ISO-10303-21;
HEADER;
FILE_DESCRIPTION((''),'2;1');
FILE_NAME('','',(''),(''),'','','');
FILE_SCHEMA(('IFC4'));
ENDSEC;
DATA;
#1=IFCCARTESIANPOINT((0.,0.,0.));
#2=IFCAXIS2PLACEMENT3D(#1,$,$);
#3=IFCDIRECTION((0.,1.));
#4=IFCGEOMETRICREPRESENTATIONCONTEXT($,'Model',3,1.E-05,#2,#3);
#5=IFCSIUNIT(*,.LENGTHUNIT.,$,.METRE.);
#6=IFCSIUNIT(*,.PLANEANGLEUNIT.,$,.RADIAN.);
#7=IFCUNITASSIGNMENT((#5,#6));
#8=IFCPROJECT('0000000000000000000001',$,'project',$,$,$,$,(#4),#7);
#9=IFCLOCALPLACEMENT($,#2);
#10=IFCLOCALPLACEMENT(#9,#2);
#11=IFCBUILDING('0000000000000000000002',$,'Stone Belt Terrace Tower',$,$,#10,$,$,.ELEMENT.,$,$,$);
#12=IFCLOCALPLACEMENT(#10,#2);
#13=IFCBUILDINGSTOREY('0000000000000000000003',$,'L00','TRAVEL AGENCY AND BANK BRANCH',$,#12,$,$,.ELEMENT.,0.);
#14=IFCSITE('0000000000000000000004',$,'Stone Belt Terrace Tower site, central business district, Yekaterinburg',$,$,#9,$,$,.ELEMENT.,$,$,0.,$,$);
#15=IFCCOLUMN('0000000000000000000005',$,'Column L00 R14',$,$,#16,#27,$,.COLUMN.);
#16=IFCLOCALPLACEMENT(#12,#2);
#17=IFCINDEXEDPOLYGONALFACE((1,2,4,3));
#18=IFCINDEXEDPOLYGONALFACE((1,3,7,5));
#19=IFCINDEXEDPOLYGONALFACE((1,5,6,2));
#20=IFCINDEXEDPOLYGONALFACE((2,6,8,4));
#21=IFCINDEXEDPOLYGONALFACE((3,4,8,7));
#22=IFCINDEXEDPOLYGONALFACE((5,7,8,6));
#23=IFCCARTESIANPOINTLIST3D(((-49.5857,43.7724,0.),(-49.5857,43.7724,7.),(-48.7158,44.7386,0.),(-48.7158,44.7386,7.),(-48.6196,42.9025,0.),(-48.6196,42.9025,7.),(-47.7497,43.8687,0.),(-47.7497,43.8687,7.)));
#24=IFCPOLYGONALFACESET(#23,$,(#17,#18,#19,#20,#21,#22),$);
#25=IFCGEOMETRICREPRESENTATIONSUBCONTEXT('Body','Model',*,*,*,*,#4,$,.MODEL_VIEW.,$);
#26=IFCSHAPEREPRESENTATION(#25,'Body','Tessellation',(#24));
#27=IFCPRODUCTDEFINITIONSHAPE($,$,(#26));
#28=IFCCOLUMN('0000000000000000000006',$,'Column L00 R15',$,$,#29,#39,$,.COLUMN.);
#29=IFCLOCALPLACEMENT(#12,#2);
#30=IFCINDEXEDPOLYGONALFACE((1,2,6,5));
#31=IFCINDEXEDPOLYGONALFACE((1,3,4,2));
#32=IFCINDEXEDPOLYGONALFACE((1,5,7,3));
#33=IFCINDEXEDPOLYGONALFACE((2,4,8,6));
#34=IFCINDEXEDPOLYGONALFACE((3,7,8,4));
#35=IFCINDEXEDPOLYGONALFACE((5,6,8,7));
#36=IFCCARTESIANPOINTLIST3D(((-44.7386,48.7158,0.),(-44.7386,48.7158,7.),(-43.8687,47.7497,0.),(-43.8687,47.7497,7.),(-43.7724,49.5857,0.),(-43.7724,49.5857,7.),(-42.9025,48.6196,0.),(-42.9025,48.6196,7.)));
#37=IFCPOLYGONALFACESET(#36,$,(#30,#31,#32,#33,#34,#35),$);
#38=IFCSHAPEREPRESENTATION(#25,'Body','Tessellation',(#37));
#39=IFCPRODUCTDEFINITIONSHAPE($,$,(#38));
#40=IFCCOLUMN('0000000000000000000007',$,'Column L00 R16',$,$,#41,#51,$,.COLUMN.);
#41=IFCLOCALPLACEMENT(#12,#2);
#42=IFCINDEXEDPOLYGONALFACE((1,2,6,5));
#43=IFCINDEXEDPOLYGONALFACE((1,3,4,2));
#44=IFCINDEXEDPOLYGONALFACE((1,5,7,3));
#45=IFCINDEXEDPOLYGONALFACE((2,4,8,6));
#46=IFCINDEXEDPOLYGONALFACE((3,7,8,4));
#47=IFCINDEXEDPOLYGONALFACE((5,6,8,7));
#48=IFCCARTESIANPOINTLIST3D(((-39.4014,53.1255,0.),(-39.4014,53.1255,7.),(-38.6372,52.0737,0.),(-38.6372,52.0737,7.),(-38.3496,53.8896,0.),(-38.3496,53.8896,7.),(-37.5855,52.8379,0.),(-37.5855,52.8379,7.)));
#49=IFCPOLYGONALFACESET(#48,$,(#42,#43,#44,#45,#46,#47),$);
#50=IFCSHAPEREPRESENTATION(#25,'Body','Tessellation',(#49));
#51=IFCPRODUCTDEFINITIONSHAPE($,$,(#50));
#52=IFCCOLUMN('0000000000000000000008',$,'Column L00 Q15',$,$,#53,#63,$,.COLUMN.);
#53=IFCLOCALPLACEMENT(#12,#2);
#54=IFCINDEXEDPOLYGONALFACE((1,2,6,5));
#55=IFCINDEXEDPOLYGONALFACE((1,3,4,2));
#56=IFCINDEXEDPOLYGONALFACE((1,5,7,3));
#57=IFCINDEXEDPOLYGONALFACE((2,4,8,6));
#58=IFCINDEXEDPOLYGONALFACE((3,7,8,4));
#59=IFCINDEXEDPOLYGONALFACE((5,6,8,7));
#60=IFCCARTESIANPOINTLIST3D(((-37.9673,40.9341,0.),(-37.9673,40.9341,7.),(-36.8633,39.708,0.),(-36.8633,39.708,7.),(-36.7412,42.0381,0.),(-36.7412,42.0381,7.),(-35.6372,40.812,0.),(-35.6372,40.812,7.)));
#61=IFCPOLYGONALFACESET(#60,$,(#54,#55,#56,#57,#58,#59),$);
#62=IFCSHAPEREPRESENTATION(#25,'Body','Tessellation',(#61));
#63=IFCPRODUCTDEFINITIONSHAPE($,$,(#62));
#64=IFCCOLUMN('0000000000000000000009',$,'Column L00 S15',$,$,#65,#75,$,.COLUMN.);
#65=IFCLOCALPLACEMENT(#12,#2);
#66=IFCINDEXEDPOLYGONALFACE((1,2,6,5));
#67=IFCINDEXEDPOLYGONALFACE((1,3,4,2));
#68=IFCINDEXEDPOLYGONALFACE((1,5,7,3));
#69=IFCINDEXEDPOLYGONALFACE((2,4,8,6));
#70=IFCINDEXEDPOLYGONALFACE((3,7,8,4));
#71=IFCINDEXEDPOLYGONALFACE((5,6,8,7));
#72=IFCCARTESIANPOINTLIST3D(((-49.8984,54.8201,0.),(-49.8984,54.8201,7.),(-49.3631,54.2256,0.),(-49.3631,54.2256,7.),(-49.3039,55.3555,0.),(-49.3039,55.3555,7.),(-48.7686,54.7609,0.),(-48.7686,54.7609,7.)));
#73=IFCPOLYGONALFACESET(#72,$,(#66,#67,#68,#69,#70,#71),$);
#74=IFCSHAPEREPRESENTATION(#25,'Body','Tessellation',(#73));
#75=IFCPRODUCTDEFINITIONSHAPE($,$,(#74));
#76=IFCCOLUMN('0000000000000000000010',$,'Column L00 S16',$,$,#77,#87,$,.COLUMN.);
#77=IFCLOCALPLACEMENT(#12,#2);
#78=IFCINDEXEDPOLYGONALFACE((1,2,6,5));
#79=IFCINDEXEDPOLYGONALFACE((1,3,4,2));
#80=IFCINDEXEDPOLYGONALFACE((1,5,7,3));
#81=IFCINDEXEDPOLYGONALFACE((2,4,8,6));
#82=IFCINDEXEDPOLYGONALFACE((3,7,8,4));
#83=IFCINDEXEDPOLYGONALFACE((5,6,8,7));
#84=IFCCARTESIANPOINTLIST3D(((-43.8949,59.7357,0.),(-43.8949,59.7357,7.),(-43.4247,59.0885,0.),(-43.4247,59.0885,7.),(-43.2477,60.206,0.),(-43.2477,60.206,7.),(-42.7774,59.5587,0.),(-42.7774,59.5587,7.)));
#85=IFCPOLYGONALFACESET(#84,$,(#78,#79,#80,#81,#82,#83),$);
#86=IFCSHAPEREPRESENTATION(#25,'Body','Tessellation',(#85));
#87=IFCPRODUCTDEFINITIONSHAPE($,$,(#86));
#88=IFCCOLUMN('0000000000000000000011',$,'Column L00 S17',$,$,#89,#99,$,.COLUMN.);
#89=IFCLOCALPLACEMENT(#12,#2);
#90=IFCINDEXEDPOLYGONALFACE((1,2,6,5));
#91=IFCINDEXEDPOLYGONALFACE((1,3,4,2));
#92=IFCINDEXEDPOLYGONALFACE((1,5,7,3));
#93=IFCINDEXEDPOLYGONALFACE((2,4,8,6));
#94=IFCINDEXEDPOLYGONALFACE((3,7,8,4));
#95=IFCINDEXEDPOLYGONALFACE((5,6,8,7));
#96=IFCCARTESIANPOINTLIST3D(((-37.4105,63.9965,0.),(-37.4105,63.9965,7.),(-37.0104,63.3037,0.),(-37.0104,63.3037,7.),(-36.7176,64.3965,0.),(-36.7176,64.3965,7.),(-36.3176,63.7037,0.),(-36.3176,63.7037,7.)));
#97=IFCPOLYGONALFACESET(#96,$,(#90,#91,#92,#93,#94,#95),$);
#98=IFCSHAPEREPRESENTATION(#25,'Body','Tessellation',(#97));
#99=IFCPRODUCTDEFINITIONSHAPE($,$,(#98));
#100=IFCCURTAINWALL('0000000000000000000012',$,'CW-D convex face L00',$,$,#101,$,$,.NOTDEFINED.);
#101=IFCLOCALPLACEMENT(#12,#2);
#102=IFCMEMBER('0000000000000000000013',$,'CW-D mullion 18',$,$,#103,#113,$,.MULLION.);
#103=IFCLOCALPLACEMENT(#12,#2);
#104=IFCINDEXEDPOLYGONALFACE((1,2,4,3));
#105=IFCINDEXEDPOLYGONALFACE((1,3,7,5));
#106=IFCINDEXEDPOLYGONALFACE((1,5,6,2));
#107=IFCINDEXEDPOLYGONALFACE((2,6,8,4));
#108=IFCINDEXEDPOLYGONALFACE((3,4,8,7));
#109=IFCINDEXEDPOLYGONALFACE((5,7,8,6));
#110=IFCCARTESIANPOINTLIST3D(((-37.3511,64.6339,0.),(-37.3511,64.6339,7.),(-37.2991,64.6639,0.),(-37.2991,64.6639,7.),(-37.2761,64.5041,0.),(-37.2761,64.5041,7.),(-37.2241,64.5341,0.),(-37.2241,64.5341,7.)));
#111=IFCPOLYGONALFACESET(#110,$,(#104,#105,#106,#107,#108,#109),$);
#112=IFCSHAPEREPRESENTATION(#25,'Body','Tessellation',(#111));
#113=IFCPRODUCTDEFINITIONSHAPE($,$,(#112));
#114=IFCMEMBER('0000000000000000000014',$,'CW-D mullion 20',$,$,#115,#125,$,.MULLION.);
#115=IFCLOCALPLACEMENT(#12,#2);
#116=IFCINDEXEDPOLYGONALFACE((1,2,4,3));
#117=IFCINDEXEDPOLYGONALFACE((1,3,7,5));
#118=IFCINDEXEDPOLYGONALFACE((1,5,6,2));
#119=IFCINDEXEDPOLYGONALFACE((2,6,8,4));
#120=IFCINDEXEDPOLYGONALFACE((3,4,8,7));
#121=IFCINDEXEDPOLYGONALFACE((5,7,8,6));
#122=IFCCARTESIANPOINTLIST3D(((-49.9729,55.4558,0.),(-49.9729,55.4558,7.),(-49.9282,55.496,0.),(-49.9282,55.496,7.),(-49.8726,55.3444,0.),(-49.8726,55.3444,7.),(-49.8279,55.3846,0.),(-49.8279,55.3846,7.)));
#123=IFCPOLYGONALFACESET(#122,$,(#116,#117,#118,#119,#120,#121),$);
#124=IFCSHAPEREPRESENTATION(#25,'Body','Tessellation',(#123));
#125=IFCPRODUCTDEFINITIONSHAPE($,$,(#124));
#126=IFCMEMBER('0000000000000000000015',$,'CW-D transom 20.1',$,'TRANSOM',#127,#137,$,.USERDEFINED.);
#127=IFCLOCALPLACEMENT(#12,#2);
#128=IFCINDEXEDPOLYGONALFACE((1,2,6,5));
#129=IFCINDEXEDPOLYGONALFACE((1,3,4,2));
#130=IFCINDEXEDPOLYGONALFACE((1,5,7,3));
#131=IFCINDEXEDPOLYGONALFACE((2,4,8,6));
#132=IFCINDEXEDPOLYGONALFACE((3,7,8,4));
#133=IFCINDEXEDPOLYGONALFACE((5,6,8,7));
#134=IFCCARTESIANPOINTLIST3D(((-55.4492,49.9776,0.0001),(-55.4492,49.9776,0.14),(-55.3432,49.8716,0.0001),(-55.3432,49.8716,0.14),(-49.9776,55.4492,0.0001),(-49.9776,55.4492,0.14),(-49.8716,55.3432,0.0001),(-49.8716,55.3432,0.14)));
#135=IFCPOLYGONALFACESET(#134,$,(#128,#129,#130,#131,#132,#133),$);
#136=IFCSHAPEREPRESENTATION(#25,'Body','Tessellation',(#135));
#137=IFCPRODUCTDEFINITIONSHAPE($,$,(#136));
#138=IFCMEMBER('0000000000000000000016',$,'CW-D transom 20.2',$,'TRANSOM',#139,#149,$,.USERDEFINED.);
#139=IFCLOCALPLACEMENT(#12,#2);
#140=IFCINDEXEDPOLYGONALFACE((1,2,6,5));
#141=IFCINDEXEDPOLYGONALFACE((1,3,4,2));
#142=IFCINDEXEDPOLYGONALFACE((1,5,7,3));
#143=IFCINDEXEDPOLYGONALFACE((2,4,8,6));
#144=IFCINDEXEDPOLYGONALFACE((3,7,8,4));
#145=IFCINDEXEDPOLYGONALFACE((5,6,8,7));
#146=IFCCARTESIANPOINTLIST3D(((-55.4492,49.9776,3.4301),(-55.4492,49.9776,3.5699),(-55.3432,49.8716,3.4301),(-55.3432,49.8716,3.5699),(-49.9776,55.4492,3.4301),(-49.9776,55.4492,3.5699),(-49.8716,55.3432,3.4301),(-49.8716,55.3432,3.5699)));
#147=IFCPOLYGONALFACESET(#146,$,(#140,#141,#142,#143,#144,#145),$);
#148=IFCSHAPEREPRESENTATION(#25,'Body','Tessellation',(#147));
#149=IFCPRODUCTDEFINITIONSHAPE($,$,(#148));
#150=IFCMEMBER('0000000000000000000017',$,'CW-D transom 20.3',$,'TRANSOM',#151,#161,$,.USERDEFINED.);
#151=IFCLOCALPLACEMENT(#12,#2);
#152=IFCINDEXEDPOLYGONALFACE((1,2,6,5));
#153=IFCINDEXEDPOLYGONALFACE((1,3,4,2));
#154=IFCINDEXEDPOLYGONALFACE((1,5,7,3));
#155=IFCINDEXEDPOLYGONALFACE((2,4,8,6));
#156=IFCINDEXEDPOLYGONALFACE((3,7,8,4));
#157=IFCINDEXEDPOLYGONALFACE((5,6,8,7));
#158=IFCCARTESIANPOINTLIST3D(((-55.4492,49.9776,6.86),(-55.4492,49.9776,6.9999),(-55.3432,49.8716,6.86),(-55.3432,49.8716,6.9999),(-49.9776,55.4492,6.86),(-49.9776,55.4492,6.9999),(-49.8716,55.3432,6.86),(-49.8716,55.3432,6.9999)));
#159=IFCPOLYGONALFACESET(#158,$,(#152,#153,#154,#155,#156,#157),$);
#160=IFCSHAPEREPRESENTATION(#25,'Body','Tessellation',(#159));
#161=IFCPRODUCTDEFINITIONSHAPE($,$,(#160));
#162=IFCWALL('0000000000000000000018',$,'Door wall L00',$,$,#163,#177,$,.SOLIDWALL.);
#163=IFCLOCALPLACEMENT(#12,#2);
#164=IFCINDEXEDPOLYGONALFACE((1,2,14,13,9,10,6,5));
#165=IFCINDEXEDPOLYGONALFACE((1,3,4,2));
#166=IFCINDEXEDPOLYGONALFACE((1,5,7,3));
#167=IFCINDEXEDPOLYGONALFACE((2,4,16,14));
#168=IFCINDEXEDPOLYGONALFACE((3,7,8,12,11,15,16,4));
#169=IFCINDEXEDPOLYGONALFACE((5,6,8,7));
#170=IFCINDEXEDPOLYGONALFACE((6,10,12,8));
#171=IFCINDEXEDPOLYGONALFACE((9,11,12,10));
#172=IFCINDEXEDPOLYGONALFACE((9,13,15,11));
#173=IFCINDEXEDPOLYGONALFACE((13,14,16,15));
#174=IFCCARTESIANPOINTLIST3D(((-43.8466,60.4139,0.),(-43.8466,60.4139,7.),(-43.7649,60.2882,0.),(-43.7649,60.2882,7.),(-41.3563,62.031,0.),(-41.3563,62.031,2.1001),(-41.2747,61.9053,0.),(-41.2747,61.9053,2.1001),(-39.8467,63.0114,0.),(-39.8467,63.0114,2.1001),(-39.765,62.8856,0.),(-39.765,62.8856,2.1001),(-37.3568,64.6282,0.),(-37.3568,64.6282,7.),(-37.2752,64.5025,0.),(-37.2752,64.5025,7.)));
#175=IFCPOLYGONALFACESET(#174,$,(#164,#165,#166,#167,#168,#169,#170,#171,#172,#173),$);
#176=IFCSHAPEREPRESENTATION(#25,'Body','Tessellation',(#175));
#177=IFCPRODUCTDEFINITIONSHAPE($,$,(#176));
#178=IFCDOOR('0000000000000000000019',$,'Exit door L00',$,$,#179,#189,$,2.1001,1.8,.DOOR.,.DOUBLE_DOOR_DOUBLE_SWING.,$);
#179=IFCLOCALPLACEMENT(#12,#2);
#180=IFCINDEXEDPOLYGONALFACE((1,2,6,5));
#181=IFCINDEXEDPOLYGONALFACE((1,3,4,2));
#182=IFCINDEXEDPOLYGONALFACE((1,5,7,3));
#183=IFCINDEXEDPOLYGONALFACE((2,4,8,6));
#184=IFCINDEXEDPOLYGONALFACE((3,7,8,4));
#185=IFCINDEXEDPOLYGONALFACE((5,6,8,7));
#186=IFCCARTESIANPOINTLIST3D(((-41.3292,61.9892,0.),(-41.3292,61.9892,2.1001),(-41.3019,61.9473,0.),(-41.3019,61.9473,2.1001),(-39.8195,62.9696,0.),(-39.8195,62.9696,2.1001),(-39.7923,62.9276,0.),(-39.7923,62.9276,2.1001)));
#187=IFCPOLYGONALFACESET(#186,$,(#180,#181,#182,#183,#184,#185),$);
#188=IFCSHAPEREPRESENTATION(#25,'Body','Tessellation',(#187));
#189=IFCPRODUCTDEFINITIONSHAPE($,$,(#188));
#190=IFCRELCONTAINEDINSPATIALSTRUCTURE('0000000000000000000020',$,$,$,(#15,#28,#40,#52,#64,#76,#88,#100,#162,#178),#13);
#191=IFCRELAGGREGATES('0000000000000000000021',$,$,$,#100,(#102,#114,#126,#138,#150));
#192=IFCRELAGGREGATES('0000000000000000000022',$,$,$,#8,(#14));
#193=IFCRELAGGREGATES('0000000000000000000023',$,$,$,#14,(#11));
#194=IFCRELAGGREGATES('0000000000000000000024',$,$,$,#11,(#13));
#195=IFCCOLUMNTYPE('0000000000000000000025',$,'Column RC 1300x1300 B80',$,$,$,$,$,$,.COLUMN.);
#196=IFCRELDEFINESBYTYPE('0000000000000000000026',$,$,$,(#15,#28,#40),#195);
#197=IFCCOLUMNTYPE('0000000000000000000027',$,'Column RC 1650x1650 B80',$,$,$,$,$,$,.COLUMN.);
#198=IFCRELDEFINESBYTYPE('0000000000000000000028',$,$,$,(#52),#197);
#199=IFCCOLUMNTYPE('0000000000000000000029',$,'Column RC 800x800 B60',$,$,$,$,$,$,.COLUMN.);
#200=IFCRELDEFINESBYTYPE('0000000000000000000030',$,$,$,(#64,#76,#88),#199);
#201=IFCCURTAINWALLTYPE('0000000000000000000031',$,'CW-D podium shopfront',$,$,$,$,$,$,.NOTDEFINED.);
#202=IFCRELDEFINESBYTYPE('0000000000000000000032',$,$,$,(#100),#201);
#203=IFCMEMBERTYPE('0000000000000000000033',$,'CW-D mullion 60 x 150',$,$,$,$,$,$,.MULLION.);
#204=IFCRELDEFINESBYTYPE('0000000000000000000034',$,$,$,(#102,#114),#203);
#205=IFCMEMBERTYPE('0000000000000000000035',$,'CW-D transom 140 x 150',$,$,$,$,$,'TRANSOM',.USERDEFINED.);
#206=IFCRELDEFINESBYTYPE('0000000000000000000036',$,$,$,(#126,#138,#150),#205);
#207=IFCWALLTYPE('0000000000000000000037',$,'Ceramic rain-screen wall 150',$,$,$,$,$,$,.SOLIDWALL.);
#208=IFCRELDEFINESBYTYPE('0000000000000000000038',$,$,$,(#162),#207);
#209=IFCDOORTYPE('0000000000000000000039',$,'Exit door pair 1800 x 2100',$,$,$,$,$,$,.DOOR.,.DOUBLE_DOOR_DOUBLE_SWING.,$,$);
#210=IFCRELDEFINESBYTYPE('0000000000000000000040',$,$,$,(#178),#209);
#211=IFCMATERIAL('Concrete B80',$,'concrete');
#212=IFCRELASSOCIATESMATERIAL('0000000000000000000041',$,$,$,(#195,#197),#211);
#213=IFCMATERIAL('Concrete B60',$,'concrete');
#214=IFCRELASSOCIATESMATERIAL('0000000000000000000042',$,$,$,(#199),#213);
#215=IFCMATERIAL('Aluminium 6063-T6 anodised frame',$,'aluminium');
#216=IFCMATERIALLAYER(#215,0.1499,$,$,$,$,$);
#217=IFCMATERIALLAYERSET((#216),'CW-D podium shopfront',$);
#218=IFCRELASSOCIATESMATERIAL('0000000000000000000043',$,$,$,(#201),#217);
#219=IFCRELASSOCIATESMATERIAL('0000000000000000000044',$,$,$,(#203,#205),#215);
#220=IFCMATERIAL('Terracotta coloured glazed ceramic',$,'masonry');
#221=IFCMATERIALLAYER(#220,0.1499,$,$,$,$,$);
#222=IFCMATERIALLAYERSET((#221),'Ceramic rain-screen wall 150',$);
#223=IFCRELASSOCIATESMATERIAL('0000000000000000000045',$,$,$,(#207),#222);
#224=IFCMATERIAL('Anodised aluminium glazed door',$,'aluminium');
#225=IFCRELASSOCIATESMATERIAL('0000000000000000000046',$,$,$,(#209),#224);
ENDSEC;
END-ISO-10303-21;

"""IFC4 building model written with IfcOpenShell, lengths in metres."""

from ifc_helpers import new_model, si_unit, direction, frame, frame_2d, origin, origin_2d, place, context, subcontext, project, spatial, rectangle, extrude, material, layer, layer_set, material_profile, profile_set, type_object, element, fill, aggregate, save


model = new_model("IFC4")

# Units and contexts
model_context = context("Model", 3, precision=1e-05, world=origin(), true_north=direction((0.0, 1.0)))
body_context = subcontext(model_context, "Body", "Model", "MODEL_VIEW")
ifc_project = project(units=[si_unit("LENGTHUNIT", "METRE"), si_unit("PLANEANGLEUNIT", "RADIAN")], contexts=[model_context])

# Site, building, storey
site_placement = place(None, origin())
site = spatial("IfcSite", under=ifc_project, at=site_placement, Name="Stone Belt Terrace Tower site, central business district, Yekaterinburg", CompositionType="ELEMENT", RefElevation=0.0)
building_placement = place(site_placement, origin())
building = spatial("IfcBuilding", under=site, at=building_placement, Name="Stone Belt Terrace Tower", CompositionType="ELEMENT")
storey_placement = place(building_placement, origin())
storey = spatial("IfcBuildingStorey", under=building, at=storey_placement, Name="L00", Description="TRAVEL AGENCY AND BANK BRANCH", CompositionType="ELEMENT", Elevation=0.0)

# Columns
ifc_material_1 = material(Name="Concrete B80", Category="concrete")
ifc_material_profile_1 = material_profile(ifc_material_1, rectangle(XDim=1.3, YDim=1.3, at=origin_2d()), Name="RC 1300x1300")
ifc_profile_set_1 = profile_set([ifc_material_profile_1], Name="Concrete B80")
column_type_1 = type_object("IfcColumnType", Name="Column RC 1300x1300 B80", PredefinedType="COLUMN", material=ifc_profile_set_1)
for number, where, z_axis, x_axis, name in (
    (1, (-48.6677, 43.8206, 0.0), (0.0, 0.0, 1.0), (0.669131, 0.743145, 0.0), "Column L00 R14"),
    (2, (-43.8206, 48.6677, 0.0), (0.0, 0.0, 1.0), (0.743145, 0.669131, 0.0), "Column L00 R15"),
    (3, (-38.4934, 52.9817, 0.0), (0.0, 0.0, 1.0), (0.809017, 0.587785, 0.0), "Column L00 R16"),
):
    element("IfcColumn", number, at=place(storey_placement, frame(where, z_axis=z_axis, x_axis=x_axis)), inside=storey, type_object=column_type_1, Name=name, PredefinedType="COLUMN", context=body_context, shape_type="SweptSolid", body=[
        extrude(rectangle(XDim=1.3, YDim=1.3, at=origin_2d()), origin(), (0.0, 0.0, 1.0), 7.0),
    ])
ifc_material_profile_2 = material_profile(ifc_material_1, rectangle(XDim=1.6499, YDim=1.6499, at=origin_2d()), Name="RC 1650x1650")
ifc_profile_set_2 = profile_set([ifc_material_profile_2], Name="Concrete B80")
column_type_2 = type_object("IfcColumnType", Name="Column RC 1650x1650 B80", PredefinedType="COLUMN", material=ifc_profile_set_2)
column_placement = place(storey_placement, frame((-36.8022, 40.873, 0.0), z_axis=(0.0, 0.0, 1.0), x_axis=(0.743145, 0.669131, 0.0)))
element("IfcColumn", 4, at=column_placement, inside=storey, type_object=column_type_2, Name="Column L00 Q15", PredefinedType="COLUMN", context=body_context, shape_type="SweptSolid", body=[
    extrude(rectangle(XDim=1.6499, YDim=1.6499, at=origin_2d()), origin(), (0.0, 0.0, 1.0), 7.0),
])
ifc_material_2 = material(Name="Concrete B60", Category="concrete")
ifc_material_profile_3 = material_profile(ifc_material_2, rectangle(XDim=0.8, YDim=0.8, at=origin_2d()), Name="RC 800x800")
ifc_profile_set_3 = profile_set([ifc_material_profile_3], Name="Concrete B60")
column_type_3 = type_object("IfcColumnType", Name="Column RC 800x800 B60", PredefinedType="COLUMN", material=ifc_profile_set_3)
for number, where, z_axis, x_axis, name in (
    (5, (-49.3335, 54.7905, 0.0), (0.0, 0.0, 1.0), (0.743145, 0.669131, 0.0), "Column L00 S15"),
    (6, (-43.3362, 59.6472, 0.0), (0.0, 0.0, 1.0), (0.809017, 0.587785, 0.0), "Column L00 S16"),
    (7, (-36.864, 63.8501, 0.0), (0.0, 0.0, 1.0), (0.866025, 0.5, 0.0), "Column L00 S17"),
):
    element("IfcColumn", number, at=place(storey_placement, frame(where, z_axis=z_axis, x_axis=x_axis)), inside=storey, type_object=column_type_3, Name=name, PredefinedType="COLUMN", context=body_context, shape_type="SweptSolid", body=[
        extrude(rectangle(XDim=0.8, YDim=0.8, at=origin_2d()), origin(), (0.0, 0.0, 1.0), 7.0),
    ])

# Curtain wall, members
ifc_material_3 = material(Name="Aluminium 6063-T6 anodised frame", Category="aluminium")
ifc_layer_1 = layer(ifc_material_3, 0.1499)
ifc_layer_set_1 = layer_set([ifc_layer_1], Name="CW-D podium shopfront")
curtain_wall_type = type_object("IfcCurtainWallType", Name="CW-D podium shopfront", PredefinedType="NOTDEFINED", material=ifc_layer_set_1)
curtain_wall_placement = place(storey_placement, origin())
curtain_wall = element("IfcCurtainWall", 8, at=curtain_wall_placement, inside=storey, type_object=curtain_wall_type, Name="CW-D convex face L00", PredefinedType="NOTDEFINED")
ifc_material_profile_4 = material_profile(ifc_material_3, rectangle(XDim=0.1499, YDim=0.0601, at=origin_2d()), Name="Aluminium 6063-T6 60x150")
ifc_profile_set_4 = profile_set([ifc_material_profile_4], Name="Aluminium 6063-T6 anodised frame")
member_type_1 = type_object("IfcMemberType", Name="CW-D mullion 60 x 150", PredefinedType="MULLION", material=ifc_profile_set_4)
member_1_placement = place(storey_placement, frame((-37.2876, 64.584, 0.0), z_axis=(0.0, 0.0, 1.0), x_axis=(0.5, -0.866025, 0.0)))
member_1 = element("IfcMember", 9, at=member_1_placement, type_object=member_type_1, Name="CW-D mullion 18", PredefinedType="MULLION", context=body_context, shape_type="SweptSolid", body=[
    extrude(rectangle(XDim=0.1499, YDim=0.0601, at=origin_2d()), origin(), (0.0, 0.0, 1.0), 7.0),
])
member_2_placement = place(storey_placement, frame((-49.9004, 55.4202, 0.0), z_axis=(0.0, 0.0, 1.0), x_axis=(0.669131, -0.743145, 0.0)))
member_2 = element("IfcMember", 10, at=member_2_placement, type_object=member_type_1, Name="CW-D mullion 20", PredefinedType="MULLION", context=body_context, shape_type="SweptSolid", body=[
    extrude(rectangle(XDim=0.1499, YDim=0.0601, at=origin_2d()), origin(), (0.0, 0.0, 1.0), 7.0),
])
ifc_material_profile_5 = material_profile(ifc_material_3, rectangle(XDim=0.1499, YDim=0.1399, at=origin_2d()), Name="Aluminium 6063-T6 150x140")
ifc_profile_set_5 = profile_set([ifc_material_profile_5], Name="Aluminium 6063-T6 anodised frame")
member_type_2 = type_object("IfcMemberType", Name="CW-D transom 140 x 150", ElementType="TRANSOM", PredefinedType="USERDEFINED", material=ifc_profile_set_5)
member_3_placement = place(storey_placement, frame((-49.9246, 55.3962, 0.0701), z_axis=(-0.707107, -0.707107, 0.0), x_axis=(0.707107, -0.707107, 0.0)))
member_3 = element("IfcMember", 11, at=member_3_placement, type_object=member_type_2, Name="CW-D transom 20.1", ObjectType="TRANSOM", PredefinedType="USERDEFINED", context=body_context, shape_type="SweptSolid", body=[
    extrude(rectangle(XDim=0.1499, YDim=0.1399, at=origin_2d()), origin(), (0.0, 0.0, 1.0), 7.738),
])
member_4_placement = place(storey_placement, frame((-49.9246, 55.3962, 3.5), z_axis=(-0.707107, -0.707107, 0.0), x_axis=(0.707107, -0.707107, 0.0)))
member_4 = element("IfcMember", 12, at=member_4_placement, type_object=member_type_2, Name="CW-D transom 20.2", ObjectType="TRANSOM", PredefinedType="USERDEFINED", context=body_context, shape_type="SweptSolid", body=[
    extrude(rectangle(XDim=0.1499, YDim=0.1399, at=origin_2d()), origin(), (0.0, 0.0, 1.0), 7.738),
])
member_5_placement = place(storey_placement, frame((-49.9246, 55.3962, 6.9299), z_axis=(-0.707107, -0.707107, 0.0), x_axis=(0.707107, -0.707107, 0.0)))
member_5 = element("IfcMember", 13, at=member_5_placement, type_object=member_type_2, Name="CW-D transom 20.3", ObjectType="TRANSOM", PredefinedType="USERDEFINED", context=body_context, shape_type="SweptSolid", body=[
    extrude(rectangle(XDim=0.1499, YDim=0.1399, at=origin_2d()), origin(), (0.0, 0.0, 1.0), 7.738),
])
aggregate(curtain_wall, [member_1, member_2, member_3, member_4, member_5])

# Wall, opening, door
ifc_material_4 = material(Name="Terracotta coloured glazed ceramic", Category="masonry")
ifc_layer_2 = layer(ifc_material_4, 0.1499)
ifc_layer_set_2 = layer_set([ifc_layer_2], Name="Ceramic rain-screen wall 150")
wall_type_1 = type_object("IfcWallType", Name="Ceramic rain-screen wall 150", PredefinedType="SOLIDWALL", material=ifc_layer_set_2)
wall_1_placement = place(storey_placement, frame((-37.3159, 64.5654, 0.0), z_axis=(0.0, 0.0, 1.0), x_axis=(-0.838679, -0.544627, 0.0)))
wall_1 = element("IfcWall", 14, at=wall_1_placement, inside=storey, type_object=wall_type_1, Name="Door wall L00", PredefinedType="SOLIDWALL", context=body_context, shape_type="SweptSolid", body=[
    extrude(rectangle(XDim=7.738, YDim=0.1499, at=frame_2d((3.8691, 0.0))), origin(), (0.0, 0.0, 1.0), 7.0),
])
opening_1_placement = place(wall_1_placement, frame((2.969, 0.0, 0.0)))
opening_1 = element("IfcOpeningElement", 15, at=opening_1_placement, cuts=wall_1, PredefinedType="OPENING", context=body_context, shape_type="SweptSolid", body=[
    extrude(rectangle(XDim=1.8, YDim=2.1001, at=frame_2d((0.8999, 1.05))), frame((0.0, 0.085, 0.0), z_axis=(0.0, -1.0, 0.0), x_axis=(1.0, 0.0, 0.0)), (0.0, 0.0, 1.0), 0.1699),
])
ifc_material_5 = material(Name="Anodised aluminium glazed door", Category="aluminium")
door_type_1 = type_object("IfcDoorType", Name="Exit door pair 1800 x 2100", OperationType="DOUBLE_DOOR_DOUBLE_SWING", PredefinedType="DOOR", material=ifc_material_5)
door_1_placement = place(opening_1_placement, origin())
door_1 = element("IfcDoor", 16, at=door_1_placement, inside=storey, type_object=door_type_1, Name="Exit door L00", OperationType="DOUBLE_DOOR_DOUBLE_SWING", OverallHeight=2.1001, OverallWidth=1.8, PredefinedType="DOOR", context=body_context, shape_type="SweptSolid", body=[
    extrude(rectangle(XDim=1.8, YDim=2.1001, at=frame_2d((0.8999, 1.05))), frame((0.0, 0.0249, 0.0), z_axis=(0.0, -1.0, 0.0), x_axis=(1.0, 0.0, 0.0)), (0.0, 0.0, 1.0), 0.05),
])
fill(opening_1, door_1)

save(model, "model.ifc")
